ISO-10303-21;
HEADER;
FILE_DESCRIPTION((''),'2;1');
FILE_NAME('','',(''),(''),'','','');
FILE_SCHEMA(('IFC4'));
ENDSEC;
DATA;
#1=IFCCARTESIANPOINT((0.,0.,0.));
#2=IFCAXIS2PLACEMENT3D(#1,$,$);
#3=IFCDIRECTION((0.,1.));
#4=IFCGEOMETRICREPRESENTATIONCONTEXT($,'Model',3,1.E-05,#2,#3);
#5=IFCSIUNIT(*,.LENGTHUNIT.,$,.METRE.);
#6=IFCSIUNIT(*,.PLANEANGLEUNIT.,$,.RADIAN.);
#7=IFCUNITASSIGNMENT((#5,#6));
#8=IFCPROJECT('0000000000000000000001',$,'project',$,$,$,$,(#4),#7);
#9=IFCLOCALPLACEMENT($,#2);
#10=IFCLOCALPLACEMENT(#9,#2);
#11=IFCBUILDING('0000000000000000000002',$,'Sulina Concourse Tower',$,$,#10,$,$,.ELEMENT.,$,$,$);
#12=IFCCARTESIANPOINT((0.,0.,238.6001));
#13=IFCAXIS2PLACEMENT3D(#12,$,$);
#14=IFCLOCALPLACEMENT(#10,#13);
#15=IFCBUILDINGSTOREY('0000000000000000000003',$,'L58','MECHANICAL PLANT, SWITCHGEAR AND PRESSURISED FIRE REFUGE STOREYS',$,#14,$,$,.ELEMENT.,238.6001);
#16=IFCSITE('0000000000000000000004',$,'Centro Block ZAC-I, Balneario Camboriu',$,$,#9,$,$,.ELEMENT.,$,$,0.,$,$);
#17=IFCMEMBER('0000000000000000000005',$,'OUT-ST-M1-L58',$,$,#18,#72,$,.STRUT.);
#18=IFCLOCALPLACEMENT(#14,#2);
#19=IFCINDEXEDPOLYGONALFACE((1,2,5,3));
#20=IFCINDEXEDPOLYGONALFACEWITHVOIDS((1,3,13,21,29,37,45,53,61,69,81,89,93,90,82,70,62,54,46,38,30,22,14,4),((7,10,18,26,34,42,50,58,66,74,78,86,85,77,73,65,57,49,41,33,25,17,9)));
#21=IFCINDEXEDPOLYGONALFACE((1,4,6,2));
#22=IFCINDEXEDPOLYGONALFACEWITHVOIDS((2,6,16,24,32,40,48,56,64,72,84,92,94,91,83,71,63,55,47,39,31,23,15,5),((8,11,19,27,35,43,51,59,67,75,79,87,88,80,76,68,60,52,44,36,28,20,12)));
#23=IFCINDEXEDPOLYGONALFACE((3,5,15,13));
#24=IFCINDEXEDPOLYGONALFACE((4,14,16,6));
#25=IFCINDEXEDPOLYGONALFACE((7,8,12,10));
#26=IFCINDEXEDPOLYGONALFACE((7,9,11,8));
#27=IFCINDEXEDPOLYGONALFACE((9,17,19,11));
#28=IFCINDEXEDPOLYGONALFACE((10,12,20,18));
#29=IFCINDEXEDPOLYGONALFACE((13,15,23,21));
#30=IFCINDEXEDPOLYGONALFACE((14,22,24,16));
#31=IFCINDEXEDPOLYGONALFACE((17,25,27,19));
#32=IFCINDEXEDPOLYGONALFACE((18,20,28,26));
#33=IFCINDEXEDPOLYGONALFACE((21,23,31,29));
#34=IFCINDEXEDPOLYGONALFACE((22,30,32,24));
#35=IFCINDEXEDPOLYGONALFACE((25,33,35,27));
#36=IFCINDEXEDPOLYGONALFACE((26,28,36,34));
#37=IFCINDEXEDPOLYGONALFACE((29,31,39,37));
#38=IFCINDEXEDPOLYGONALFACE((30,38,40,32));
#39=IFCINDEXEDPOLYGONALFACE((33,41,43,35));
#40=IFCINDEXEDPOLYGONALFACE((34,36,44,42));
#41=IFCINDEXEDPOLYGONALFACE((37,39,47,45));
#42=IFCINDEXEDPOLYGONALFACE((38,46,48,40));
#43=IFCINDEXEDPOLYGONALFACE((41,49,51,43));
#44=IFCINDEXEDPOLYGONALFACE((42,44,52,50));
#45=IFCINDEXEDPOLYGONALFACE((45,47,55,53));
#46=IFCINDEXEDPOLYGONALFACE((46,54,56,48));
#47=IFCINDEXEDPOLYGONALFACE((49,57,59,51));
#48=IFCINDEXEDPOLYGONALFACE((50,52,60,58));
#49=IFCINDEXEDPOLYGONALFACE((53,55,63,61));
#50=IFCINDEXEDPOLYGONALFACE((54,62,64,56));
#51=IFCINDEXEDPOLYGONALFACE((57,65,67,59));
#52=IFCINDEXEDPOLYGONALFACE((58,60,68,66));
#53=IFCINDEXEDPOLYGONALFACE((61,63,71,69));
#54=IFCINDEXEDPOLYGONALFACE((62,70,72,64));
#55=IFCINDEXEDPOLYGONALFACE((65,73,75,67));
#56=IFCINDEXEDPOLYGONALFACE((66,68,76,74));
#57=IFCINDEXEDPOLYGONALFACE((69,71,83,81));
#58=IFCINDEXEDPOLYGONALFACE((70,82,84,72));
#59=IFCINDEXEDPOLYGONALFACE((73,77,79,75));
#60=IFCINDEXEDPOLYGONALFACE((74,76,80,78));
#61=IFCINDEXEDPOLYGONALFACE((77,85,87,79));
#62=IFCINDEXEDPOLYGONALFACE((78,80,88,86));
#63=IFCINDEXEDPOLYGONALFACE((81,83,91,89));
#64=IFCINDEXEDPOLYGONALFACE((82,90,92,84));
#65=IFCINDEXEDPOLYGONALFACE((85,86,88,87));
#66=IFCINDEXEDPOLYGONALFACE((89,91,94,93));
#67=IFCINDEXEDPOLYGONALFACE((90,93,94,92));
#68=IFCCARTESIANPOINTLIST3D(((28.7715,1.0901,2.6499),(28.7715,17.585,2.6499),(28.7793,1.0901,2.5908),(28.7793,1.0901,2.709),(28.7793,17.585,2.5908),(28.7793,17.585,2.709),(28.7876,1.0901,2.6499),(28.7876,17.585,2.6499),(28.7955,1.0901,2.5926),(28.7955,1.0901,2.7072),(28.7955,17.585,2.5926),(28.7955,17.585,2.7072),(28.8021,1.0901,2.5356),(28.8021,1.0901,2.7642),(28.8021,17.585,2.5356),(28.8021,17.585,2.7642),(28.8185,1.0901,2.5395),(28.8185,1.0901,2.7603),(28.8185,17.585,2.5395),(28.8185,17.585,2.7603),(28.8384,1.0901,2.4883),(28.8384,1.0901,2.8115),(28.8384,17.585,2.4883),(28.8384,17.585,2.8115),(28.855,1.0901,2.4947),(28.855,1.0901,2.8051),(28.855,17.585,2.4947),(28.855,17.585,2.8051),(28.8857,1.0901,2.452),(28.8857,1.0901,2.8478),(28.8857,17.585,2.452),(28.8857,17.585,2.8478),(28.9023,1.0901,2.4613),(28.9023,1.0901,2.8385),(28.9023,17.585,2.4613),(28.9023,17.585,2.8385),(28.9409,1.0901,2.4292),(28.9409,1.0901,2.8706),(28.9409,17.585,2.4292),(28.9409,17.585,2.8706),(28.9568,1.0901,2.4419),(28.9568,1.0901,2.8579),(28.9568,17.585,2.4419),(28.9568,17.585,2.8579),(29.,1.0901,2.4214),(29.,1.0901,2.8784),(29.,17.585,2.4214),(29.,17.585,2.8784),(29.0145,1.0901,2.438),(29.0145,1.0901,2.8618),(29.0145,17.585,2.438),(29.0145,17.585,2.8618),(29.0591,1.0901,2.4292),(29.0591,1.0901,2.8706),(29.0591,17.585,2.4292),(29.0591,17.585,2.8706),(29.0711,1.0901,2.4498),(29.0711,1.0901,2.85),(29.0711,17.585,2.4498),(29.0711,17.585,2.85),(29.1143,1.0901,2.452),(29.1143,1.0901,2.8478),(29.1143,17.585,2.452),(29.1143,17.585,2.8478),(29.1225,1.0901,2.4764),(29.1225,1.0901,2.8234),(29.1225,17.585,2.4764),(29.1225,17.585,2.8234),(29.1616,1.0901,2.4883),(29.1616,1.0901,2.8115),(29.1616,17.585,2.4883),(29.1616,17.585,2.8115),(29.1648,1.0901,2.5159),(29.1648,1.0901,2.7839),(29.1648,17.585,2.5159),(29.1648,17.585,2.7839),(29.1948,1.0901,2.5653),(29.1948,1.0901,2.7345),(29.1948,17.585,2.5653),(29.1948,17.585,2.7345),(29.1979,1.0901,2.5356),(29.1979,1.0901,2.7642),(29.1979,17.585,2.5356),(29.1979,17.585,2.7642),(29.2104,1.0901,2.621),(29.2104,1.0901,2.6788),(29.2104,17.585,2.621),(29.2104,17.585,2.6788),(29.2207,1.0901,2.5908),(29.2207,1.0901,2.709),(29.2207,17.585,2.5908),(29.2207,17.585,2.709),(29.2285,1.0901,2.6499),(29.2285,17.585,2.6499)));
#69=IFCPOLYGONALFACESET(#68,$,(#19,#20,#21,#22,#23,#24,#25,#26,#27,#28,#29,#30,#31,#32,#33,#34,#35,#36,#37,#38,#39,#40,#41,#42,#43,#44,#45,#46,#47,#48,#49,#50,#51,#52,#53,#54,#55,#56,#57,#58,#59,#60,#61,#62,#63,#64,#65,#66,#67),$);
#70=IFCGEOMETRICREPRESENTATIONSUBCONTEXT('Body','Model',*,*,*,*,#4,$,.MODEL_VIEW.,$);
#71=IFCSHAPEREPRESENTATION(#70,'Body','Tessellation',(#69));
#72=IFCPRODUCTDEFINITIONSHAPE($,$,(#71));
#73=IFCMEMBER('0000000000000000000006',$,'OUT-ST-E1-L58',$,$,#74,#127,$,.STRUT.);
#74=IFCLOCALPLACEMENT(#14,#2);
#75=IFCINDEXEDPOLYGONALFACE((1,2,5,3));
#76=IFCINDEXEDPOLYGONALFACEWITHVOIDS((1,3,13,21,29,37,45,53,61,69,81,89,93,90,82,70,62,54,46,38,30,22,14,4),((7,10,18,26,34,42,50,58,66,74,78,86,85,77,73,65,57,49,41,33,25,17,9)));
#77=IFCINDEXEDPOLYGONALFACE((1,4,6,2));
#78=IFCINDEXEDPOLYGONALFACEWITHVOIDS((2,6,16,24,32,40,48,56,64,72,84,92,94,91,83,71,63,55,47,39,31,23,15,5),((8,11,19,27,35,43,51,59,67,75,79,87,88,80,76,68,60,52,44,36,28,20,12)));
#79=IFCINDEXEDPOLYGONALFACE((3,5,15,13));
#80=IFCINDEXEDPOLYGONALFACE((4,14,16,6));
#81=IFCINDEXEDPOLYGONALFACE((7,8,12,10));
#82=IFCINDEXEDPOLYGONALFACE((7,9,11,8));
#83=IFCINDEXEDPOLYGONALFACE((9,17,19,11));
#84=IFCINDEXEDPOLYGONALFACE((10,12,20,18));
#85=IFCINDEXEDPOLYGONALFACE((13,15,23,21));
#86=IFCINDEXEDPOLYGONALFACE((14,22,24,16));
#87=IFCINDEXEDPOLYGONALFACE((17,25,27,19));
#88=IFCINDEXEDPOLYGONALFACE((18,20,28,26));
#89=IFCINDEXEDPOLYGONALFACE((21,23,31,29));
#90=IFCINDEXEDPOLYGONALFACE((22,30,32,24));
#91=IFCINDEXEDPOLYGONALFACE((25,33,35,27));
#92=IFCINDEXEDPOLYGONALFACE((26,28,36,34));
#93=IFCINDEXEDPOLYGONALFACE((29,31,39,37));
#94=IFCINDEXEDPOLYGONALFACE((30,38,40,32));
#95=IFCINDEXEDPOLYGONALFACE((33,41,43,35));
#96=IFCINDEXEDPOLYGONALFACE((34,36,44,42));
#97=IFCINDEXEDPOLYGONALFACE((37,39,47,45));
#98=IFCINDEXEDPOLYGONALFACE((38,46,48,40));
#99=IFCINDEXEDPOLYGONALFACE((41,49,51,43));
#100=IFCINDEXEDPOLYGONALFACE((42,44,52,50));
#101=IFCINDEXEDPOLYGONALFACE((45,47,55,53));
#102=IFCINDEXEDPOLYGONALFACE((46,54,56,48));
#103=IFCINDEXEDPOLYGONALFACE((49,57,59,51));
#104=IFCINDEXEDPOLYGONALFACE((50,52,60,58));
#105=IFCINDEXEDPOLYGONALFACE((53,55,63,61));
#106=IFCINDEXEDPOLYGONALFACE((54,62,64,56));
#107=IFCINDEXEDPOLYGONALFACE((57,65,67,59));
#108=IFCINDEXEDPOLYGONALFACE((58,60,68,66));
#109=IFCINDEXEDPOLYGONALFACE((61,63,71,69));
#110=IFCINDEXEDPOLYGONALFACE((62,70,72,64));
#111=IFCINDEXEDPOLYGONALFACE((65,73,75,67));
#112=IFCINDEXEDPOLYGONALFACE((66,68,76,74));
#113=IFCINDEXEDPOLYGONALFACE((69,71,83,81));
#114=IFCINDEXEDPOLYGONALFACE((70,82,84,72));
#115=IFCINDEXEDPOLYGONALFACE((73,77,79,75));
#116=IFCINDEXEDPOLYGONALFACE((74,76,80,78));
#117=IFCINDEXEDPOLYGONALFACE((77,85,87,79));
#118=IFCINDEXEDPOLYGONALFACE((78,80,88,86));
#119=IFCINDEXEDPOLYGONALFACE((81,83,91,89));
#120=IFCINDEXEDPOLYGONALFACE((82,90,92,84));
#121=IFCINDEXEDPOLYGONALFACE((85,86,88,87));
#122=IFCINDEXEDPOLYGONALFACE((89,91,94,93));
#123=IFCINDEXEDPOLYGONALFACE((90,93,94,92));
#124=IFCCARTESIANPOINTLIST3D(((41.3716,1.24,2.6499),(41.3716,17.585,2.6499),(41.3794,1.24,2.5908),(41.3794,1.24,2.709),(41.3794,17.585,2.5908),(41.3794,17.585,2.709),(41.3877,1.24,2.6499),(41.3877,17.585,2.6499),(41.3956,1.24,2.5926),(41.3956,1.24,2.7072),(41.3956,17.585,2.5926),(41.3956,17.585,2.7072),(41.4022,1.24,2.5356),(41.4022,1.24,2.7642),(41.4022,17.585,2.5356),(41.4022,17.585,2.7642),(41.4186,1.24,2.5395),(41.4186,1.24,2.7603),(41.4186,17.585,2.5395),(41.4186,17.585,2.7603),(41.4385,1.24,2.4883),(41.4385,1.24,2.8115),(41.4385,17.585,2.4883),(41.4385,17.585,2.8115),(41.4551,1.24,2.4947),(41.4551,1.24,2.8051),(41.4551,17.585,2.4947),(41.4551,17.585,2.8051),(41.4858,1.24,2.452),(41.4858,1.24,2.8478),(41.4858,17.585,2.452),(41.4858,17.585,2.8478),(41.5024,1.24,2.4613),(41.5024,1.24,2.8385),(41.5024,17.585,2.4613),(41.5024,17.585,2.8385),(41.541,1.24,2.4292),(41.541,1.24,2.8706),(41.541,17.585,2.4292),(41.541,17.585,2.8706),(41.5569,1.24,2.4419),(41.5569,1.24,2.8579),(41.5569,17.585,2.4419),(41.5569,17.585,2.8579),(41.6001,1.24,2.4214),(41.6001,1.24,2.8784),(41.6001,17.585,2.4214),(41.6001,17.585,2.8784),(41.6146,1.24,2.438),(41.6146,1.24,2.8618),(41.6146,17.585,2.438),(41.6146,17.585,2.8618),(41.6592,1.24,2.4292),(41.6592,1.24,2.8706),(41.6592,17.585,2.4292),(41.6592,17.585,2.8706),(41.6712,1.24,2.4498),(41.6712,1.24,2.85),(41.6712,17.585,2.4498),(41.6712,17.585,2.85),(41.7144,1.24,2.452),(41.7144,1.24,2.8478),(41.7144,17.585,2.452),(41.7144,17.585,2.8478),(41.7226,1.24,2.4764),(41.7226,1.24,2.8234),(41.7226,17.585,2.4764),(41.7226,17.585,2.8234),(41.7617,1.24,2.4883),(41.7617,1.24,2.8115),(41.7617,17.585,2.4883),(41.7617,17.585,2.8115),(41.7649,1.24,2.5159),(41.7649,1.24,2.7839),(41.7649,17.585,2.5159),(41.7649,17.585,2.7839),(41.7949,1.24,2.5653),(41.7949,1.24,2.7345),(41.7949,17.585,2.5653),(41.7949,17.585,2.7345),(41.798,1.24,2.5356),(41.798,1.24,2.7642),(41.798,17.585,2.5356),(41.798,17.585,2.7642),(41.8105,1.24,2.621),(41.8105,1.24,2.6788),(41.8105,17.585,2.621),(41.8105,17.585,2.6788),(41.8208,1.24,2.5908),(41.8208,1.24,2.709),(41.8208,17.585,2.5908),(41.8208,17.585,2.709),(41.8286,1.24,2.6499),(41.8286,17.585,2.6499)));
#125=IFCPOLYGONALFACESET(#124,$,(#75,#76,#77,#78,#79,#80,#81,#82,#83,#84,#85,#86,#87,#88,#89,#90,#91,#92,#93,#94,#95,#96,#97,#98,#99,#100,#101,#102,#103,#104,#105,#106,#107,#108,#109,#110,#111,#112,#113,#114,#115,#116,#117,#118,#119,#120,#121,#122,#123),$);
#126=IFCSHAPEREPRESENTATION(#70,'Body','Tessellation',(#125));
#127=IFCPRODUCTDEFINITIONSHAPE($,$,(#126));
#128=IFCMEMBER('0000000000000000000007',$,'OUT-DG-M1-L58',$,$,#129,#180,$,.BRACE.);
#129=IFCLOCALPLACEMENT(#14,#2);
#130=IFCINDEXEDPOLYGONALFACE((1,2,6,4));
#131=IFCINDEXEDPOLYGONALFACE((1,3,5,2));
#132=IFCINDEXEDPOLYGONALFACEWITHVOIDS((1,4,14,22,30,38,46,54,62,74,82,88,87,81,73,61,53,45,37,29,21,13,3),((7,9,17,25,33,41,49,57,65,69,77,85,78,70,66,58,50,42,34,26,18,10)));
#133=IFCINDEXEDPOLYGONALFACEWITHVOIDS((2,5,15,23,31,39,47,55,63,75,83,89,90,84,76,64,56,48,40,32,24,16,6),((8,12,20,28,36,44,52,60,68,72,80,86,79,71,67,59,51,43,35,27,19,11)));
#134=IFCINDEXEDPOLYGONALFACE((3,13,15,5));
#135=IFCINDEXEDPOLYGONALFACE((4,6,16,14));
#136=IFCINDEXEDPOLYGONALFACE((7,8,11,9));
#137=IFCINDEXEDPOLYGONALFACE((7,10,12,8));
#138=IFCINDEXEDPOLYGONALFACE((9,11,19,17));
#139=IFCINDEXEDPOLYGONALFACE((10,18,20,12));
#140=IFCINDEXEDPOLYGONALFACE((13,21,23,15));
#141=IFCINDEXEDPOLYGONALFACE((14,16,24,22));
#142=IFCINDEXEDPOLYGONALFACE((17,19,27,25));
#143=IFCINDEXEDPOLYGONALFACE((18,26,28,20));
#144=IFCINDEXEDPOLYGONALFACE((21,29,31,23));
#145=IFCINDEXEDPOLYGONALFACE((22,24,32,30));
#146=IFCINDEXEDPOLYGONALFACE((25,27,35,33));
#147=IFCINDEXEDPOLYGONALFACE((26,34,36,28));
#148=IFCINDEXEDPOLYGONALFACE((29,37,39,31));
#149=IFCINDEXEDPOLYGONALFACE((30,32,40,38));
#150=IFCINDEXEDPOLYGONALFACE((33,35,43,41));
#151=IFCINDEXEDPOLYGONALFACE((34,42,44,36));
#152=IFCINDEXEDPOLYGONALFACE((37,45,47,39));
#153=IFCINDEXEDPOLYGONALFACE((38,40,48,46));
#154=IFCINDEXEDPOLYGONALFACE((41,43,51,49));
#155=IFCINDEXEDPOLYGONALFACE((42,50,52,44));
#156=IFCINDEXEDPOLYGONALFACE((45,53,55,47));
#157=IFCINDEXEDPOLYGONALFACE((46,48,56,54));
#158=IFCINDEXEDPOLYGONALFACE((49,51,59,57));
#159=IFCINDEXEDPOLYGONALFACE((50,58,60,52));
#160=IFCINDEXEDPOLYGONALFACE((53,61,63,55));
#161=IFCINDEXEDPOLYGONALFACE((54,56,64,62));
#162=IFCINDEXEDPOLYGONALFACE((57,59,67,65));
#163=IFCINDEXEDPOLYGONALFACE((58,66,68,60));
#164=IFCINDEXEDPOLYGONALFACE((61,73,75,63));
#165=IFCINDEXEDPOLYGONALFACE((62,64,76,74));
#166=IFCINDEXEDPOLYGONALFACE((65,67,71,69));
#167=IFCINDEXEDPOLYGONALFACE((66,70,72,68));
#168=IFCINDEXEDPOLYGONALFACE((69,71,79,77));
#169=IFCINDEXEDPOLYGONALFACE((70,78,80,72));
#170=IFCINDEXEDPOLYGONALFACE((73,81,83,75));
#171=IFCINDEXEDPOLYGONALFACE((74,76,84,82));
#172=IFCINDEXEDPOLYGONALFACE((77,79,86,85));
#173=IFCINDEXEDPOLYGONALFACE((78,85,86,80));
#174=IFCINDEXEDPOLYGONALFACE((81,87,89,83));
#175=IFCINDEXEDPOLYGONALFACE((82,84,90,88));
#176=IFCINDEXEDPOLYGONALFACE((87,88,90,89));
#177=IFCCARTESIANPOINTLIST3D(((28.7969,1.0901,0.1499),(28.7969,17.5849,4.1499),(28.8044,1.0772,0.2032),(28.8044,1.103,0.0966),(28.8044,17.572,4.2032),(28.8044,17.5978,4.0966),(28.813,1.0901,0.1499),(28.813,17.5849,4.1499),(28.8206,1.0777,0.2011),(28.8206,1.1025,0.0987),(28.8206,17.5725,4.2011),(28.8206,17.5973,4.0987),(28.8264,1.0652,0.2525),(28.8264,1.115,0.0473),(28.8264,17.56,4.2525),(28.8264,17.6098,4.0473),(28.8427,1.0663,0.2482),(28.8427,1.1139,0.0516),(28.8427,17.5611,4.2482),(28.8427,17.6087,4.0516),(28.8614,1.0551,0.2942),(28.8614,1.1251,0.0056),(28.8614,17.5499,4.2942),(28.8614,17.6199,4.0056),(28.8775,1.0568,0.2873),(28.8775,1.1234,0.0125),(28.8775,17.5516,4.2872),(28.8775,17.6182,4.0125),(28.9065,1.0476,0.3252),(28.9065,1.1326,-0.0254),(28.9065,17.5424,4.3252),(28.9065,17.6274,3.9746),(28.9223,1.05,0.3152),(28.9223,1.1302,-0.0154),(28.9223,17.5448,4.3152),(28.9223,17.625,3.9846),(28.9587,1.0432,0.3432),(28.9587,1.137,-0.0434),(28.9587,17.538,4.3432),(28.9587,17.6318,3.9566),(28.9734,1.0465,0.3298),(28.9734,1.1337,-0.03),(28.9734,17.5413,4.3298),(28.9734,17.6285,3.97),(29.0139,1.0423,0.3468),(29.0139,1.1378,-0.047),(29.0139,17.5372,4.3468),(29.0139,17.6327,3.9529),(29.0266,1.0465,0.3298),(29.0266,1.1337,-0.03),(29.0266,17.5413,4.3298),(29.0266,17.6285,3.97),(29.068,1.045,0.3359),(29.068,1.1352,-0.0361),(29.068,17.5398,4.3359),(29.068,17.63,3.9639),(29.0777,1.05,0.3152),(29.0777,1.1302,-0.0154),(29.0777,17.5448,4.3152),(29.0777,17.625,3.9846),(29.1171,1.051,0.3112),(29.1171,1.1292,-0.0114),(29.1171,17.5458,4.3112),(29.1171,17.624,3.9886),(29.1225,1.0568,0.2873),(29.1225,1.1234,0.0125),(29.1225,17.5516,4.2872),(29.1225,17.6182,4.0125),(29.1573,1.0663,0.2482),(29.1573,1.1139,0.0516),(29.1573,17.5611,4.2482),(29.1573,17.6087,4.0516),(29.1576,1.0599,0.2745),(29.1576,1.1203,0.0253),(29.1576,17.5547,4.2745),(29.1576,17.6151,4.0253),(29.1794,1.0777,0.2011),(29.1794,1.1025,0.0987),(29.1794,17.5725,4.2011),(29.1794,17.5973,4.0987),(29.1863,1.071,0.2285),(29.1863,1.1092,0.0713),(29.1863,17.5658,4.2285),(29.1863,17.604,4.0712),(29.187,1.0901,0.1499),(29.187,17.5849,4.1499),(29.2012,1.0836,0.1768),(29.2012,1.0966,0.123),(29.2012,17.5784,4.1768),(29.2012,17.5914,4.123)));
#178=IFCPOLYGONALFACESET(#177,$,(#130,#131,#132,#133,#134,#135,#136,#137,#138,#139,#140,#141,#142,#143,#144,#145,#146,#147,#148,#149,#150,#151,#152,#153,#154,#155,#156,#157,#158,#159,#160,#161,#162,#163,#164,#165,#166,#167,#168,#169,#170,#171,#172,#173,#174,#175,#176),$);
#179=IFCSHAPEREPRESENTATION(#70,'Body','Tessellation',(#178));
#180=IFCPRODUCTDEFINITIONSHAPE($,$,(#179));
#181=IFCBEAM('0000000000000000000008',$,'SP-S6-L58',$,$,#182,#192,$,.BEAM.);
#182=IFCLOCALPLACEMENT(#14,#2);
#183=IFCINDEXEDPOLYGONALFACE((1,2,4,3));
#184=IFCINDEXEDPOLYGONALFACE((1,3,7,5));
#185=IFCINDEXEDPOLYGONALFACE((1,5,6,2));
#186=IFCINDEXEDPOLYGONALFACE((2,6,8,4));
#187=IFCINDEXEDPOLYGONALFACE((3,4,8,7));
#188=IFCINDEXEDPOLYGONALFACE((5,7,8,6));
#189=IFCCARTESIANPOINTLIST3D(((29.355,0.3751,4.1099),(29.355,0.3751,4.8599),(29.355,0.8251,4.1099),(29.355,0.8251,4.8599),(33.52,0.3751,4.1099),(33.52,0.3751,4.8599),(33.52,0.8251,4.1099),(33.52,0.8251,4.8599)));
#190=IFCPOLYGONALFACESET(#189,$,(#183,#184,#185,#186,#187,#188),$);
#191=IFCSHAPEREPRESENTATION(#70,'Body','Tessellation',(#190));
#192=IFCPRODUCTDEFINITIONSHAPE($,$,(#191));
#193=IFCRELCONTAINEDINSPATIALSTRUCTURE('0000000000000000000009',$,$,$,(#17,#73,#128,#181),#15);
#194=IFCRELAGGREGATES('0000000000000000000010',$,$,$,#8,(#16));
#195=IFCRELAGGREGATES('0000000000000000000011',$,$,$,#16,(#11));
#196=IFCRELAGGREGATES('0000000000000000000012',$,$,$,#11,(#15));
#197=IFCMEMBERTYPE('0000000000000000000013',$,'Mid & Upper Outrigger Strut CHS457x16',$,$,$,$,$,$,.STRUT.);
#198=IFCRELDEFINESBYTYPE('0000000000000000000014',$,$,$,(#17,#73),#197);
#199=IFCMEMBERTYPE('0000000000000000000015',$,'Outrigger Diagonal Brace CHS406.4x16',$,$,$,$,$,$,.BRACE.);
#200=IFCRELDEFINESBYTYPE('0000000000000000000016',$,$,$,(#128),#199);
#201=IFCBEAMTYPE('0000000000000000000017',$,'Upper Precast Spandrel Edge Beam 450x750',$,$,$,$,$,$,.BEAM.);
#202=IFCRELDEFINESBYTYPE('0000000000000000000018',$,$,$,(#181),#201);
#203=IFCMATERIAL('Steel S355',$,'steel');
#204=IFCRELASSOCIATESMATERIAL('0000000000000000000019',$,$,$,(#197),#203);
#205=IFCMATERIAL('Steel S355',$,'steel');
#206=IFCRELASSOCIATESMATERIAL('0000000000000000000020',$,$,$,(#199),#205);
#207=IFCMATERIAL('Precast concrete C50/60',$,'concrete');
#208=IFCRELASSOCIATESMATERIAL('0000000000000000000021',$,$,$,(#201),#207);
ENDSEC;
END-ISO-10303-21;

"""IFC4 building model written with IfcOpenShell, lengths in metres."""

from ifc_helpers import new_model, si_unit, direction, frame, origin, origin_2d, place, context, subcontext, project, spatial, rectangle, hollow_circle, extrude, material, material_profile, profile_set, type_object, element, save


model = new_model("IFC4")

# Units and contexts
model_context = context("Model", 3, precision=1e-05, world=origin(), true_north=direction((0.0, 1.0)))
body_context = subcontext(model_context, "Body", "Model", "MODEL_VIEW")
ifc_project = project(units=[si_unit("LENGTHUNIT", "METRE"), si_unit("PLANEANGLEUNIT", "RADIAN")], contexts=[model_context])

# Site, building, storey
site_placement = place(None, origin())
site = spatial("IfcSite", under=ifc_project, at=site_placement, Name="Centro Block ZAC-I, Balneario Camboriu", CompositionType="ELEMENT", RefElevation=0.0)
building_placement = place(site_placement, origin())
building = spatial("IfcBuilding", under=site, at=building_placement, Name="Sulina Concourse Tower", CompositionType="ELEMENT")
storey_placement = place(building_placement, frame((0.0, 0.0, 238.6001)))
storey = spatial("IfcBuildingStorey", under=building, at=storey_placement, Name="L58", Description="MECHANICAL PLANT, SWITCHGEAR AND PRESSURISED FIRE REFUGE STOREYS", CompositionType="ELEMENT", Elevation=238.6001)

# Members
ifc_material_1 = material(Name="Steel S355", Category="steel")
ifc_material_profile_1 = material_profile(ifc_material_1, hollow_circle(Radius=0.2285, WallThickness=0.0161, at=origin_2d()), Name="CHS 457x16")
ifc_profile_set_1 = profile_set([ifc_material_profile_1], Name="Steel S355")
member_type_1 = type_object("IfcMemberType", Name="Mid & Upper Outrigger Strut CHS457x16", PredefinedType="STRUT", material=ifc_profile_set_1)
member_1_placement = place(storey_placement, frame((29.0, 1.0901, 2.6499), z_axis=(0.0, 1.0, 0.0), x_axis=(-1.0, 0.0, 0.0)))
element("IfcMember", 1, at=member_1_placement, inside=storey, type_object=member_type_1, Name="OUT-ST-M1-L58", PredefinedType="STRUT", context=body_context, shape_type="SweptSolid", body=[
    extrude(hollow_circle(Radius=0.2285, WallThickness=0.0161, at=origin_2d()), origin(), (0.0, 0.0, 1.0), 16.4949),
])
member_2_placement = place(storey_placement, frame((41.6001, 1.24, 2.6499), z_axis=(0.0, 1.0, 0.0), x_axis=(-1.0, 0.0, 0.0)))
element("IfcMember", 2, at=member_2_placement, inside=storey, type_object=member_type_1, Name="OUT-ST-E1-L58", PredefinedType="STRUT", context=body_context, shape_type="SweptSolid", body=[
    extrude(hollow_circle(Radius=0.2285, WallThickness=0.0161, at=origin_2d()), origin(), (0.0, 0.0, 1.0), 16.345),
])
ifc_material_2 = material(Name="Steel S355", Category="steel")
ifc_material_profile_2 = material_profile(ifc_material_2, hollow_circle(Radius=0.2031, WallThickness=0.0161, at=origin_2d()), Name="CHS 406.4x16")
ifc_profile_set_2 = profile_set([ifc_material_profile_2], Name="Steel S355")
member_type_2 = type_object("IfcMemberType", Name="Outrigger Diagonal Brace CHS406.4x16", PredefinedType="BRACE", material=ifc_profile_set_2)
member_3_placement = place(storey_placement, frame((29.0, 1.0901, 0.1499), z_axis=(0.0, 0.971833, 0.235669), x_axis=(-1.0, 0.0, 0.0)))
element("IfcMember", 3, at=member_3_placement, inside=storey, type_object=member_type_2, Name="OUT-DG-M1-L58", PredefinedType="BRACE", context=body_context, shape_type="SweptSolid", body=[
    extrude(hollow_circle(Radius=0.2031, WallThickness=0.0161, at=origin_2d()), origin(), (0.0, 0.0, 1.0), 16.9729),
])

# Beam
ifc_material_3 = material(Name="Precast concrete C50/60", Category="concrete")
ifc_material_profile_3 = material_profile(ifc_material_3, rectangle(XDim=0.45, YDim=0.75, at=origin_2d()), Name="RC 450x750")
ifc_profile_set_3 = profile_set([ifc_material_profile_3], Name="Precast concrete C50/60")
beam_type_1 = type_object("IfcBeamType", Name="Upper Precast Spandrel Edge Beam 450x750", PredefinedType="BEAM", material=ifc_profile_set_3)
beam_1_placement = place(storey_placement, frame((29.355, 0.6001, 4.4849), z_axis=(1.0, 0.0, 0.0), x_axis=(0.0, 1.0, 0.0)))
element("IfcBeam", 4, at=beam_1_placement, inside=storey, type_object=beam_type_1, Name="SP-S6-L58", PredefinedType="BEAM", context=body_context, shape_type="SweptSolid", body=[
    extrude(rectangle(XDim=0.45, YDim=0.75, at=origin_2d()), origin(), (0.0, 0.0, 1.0), 4.165),
])

save(model, "model.ifc")
